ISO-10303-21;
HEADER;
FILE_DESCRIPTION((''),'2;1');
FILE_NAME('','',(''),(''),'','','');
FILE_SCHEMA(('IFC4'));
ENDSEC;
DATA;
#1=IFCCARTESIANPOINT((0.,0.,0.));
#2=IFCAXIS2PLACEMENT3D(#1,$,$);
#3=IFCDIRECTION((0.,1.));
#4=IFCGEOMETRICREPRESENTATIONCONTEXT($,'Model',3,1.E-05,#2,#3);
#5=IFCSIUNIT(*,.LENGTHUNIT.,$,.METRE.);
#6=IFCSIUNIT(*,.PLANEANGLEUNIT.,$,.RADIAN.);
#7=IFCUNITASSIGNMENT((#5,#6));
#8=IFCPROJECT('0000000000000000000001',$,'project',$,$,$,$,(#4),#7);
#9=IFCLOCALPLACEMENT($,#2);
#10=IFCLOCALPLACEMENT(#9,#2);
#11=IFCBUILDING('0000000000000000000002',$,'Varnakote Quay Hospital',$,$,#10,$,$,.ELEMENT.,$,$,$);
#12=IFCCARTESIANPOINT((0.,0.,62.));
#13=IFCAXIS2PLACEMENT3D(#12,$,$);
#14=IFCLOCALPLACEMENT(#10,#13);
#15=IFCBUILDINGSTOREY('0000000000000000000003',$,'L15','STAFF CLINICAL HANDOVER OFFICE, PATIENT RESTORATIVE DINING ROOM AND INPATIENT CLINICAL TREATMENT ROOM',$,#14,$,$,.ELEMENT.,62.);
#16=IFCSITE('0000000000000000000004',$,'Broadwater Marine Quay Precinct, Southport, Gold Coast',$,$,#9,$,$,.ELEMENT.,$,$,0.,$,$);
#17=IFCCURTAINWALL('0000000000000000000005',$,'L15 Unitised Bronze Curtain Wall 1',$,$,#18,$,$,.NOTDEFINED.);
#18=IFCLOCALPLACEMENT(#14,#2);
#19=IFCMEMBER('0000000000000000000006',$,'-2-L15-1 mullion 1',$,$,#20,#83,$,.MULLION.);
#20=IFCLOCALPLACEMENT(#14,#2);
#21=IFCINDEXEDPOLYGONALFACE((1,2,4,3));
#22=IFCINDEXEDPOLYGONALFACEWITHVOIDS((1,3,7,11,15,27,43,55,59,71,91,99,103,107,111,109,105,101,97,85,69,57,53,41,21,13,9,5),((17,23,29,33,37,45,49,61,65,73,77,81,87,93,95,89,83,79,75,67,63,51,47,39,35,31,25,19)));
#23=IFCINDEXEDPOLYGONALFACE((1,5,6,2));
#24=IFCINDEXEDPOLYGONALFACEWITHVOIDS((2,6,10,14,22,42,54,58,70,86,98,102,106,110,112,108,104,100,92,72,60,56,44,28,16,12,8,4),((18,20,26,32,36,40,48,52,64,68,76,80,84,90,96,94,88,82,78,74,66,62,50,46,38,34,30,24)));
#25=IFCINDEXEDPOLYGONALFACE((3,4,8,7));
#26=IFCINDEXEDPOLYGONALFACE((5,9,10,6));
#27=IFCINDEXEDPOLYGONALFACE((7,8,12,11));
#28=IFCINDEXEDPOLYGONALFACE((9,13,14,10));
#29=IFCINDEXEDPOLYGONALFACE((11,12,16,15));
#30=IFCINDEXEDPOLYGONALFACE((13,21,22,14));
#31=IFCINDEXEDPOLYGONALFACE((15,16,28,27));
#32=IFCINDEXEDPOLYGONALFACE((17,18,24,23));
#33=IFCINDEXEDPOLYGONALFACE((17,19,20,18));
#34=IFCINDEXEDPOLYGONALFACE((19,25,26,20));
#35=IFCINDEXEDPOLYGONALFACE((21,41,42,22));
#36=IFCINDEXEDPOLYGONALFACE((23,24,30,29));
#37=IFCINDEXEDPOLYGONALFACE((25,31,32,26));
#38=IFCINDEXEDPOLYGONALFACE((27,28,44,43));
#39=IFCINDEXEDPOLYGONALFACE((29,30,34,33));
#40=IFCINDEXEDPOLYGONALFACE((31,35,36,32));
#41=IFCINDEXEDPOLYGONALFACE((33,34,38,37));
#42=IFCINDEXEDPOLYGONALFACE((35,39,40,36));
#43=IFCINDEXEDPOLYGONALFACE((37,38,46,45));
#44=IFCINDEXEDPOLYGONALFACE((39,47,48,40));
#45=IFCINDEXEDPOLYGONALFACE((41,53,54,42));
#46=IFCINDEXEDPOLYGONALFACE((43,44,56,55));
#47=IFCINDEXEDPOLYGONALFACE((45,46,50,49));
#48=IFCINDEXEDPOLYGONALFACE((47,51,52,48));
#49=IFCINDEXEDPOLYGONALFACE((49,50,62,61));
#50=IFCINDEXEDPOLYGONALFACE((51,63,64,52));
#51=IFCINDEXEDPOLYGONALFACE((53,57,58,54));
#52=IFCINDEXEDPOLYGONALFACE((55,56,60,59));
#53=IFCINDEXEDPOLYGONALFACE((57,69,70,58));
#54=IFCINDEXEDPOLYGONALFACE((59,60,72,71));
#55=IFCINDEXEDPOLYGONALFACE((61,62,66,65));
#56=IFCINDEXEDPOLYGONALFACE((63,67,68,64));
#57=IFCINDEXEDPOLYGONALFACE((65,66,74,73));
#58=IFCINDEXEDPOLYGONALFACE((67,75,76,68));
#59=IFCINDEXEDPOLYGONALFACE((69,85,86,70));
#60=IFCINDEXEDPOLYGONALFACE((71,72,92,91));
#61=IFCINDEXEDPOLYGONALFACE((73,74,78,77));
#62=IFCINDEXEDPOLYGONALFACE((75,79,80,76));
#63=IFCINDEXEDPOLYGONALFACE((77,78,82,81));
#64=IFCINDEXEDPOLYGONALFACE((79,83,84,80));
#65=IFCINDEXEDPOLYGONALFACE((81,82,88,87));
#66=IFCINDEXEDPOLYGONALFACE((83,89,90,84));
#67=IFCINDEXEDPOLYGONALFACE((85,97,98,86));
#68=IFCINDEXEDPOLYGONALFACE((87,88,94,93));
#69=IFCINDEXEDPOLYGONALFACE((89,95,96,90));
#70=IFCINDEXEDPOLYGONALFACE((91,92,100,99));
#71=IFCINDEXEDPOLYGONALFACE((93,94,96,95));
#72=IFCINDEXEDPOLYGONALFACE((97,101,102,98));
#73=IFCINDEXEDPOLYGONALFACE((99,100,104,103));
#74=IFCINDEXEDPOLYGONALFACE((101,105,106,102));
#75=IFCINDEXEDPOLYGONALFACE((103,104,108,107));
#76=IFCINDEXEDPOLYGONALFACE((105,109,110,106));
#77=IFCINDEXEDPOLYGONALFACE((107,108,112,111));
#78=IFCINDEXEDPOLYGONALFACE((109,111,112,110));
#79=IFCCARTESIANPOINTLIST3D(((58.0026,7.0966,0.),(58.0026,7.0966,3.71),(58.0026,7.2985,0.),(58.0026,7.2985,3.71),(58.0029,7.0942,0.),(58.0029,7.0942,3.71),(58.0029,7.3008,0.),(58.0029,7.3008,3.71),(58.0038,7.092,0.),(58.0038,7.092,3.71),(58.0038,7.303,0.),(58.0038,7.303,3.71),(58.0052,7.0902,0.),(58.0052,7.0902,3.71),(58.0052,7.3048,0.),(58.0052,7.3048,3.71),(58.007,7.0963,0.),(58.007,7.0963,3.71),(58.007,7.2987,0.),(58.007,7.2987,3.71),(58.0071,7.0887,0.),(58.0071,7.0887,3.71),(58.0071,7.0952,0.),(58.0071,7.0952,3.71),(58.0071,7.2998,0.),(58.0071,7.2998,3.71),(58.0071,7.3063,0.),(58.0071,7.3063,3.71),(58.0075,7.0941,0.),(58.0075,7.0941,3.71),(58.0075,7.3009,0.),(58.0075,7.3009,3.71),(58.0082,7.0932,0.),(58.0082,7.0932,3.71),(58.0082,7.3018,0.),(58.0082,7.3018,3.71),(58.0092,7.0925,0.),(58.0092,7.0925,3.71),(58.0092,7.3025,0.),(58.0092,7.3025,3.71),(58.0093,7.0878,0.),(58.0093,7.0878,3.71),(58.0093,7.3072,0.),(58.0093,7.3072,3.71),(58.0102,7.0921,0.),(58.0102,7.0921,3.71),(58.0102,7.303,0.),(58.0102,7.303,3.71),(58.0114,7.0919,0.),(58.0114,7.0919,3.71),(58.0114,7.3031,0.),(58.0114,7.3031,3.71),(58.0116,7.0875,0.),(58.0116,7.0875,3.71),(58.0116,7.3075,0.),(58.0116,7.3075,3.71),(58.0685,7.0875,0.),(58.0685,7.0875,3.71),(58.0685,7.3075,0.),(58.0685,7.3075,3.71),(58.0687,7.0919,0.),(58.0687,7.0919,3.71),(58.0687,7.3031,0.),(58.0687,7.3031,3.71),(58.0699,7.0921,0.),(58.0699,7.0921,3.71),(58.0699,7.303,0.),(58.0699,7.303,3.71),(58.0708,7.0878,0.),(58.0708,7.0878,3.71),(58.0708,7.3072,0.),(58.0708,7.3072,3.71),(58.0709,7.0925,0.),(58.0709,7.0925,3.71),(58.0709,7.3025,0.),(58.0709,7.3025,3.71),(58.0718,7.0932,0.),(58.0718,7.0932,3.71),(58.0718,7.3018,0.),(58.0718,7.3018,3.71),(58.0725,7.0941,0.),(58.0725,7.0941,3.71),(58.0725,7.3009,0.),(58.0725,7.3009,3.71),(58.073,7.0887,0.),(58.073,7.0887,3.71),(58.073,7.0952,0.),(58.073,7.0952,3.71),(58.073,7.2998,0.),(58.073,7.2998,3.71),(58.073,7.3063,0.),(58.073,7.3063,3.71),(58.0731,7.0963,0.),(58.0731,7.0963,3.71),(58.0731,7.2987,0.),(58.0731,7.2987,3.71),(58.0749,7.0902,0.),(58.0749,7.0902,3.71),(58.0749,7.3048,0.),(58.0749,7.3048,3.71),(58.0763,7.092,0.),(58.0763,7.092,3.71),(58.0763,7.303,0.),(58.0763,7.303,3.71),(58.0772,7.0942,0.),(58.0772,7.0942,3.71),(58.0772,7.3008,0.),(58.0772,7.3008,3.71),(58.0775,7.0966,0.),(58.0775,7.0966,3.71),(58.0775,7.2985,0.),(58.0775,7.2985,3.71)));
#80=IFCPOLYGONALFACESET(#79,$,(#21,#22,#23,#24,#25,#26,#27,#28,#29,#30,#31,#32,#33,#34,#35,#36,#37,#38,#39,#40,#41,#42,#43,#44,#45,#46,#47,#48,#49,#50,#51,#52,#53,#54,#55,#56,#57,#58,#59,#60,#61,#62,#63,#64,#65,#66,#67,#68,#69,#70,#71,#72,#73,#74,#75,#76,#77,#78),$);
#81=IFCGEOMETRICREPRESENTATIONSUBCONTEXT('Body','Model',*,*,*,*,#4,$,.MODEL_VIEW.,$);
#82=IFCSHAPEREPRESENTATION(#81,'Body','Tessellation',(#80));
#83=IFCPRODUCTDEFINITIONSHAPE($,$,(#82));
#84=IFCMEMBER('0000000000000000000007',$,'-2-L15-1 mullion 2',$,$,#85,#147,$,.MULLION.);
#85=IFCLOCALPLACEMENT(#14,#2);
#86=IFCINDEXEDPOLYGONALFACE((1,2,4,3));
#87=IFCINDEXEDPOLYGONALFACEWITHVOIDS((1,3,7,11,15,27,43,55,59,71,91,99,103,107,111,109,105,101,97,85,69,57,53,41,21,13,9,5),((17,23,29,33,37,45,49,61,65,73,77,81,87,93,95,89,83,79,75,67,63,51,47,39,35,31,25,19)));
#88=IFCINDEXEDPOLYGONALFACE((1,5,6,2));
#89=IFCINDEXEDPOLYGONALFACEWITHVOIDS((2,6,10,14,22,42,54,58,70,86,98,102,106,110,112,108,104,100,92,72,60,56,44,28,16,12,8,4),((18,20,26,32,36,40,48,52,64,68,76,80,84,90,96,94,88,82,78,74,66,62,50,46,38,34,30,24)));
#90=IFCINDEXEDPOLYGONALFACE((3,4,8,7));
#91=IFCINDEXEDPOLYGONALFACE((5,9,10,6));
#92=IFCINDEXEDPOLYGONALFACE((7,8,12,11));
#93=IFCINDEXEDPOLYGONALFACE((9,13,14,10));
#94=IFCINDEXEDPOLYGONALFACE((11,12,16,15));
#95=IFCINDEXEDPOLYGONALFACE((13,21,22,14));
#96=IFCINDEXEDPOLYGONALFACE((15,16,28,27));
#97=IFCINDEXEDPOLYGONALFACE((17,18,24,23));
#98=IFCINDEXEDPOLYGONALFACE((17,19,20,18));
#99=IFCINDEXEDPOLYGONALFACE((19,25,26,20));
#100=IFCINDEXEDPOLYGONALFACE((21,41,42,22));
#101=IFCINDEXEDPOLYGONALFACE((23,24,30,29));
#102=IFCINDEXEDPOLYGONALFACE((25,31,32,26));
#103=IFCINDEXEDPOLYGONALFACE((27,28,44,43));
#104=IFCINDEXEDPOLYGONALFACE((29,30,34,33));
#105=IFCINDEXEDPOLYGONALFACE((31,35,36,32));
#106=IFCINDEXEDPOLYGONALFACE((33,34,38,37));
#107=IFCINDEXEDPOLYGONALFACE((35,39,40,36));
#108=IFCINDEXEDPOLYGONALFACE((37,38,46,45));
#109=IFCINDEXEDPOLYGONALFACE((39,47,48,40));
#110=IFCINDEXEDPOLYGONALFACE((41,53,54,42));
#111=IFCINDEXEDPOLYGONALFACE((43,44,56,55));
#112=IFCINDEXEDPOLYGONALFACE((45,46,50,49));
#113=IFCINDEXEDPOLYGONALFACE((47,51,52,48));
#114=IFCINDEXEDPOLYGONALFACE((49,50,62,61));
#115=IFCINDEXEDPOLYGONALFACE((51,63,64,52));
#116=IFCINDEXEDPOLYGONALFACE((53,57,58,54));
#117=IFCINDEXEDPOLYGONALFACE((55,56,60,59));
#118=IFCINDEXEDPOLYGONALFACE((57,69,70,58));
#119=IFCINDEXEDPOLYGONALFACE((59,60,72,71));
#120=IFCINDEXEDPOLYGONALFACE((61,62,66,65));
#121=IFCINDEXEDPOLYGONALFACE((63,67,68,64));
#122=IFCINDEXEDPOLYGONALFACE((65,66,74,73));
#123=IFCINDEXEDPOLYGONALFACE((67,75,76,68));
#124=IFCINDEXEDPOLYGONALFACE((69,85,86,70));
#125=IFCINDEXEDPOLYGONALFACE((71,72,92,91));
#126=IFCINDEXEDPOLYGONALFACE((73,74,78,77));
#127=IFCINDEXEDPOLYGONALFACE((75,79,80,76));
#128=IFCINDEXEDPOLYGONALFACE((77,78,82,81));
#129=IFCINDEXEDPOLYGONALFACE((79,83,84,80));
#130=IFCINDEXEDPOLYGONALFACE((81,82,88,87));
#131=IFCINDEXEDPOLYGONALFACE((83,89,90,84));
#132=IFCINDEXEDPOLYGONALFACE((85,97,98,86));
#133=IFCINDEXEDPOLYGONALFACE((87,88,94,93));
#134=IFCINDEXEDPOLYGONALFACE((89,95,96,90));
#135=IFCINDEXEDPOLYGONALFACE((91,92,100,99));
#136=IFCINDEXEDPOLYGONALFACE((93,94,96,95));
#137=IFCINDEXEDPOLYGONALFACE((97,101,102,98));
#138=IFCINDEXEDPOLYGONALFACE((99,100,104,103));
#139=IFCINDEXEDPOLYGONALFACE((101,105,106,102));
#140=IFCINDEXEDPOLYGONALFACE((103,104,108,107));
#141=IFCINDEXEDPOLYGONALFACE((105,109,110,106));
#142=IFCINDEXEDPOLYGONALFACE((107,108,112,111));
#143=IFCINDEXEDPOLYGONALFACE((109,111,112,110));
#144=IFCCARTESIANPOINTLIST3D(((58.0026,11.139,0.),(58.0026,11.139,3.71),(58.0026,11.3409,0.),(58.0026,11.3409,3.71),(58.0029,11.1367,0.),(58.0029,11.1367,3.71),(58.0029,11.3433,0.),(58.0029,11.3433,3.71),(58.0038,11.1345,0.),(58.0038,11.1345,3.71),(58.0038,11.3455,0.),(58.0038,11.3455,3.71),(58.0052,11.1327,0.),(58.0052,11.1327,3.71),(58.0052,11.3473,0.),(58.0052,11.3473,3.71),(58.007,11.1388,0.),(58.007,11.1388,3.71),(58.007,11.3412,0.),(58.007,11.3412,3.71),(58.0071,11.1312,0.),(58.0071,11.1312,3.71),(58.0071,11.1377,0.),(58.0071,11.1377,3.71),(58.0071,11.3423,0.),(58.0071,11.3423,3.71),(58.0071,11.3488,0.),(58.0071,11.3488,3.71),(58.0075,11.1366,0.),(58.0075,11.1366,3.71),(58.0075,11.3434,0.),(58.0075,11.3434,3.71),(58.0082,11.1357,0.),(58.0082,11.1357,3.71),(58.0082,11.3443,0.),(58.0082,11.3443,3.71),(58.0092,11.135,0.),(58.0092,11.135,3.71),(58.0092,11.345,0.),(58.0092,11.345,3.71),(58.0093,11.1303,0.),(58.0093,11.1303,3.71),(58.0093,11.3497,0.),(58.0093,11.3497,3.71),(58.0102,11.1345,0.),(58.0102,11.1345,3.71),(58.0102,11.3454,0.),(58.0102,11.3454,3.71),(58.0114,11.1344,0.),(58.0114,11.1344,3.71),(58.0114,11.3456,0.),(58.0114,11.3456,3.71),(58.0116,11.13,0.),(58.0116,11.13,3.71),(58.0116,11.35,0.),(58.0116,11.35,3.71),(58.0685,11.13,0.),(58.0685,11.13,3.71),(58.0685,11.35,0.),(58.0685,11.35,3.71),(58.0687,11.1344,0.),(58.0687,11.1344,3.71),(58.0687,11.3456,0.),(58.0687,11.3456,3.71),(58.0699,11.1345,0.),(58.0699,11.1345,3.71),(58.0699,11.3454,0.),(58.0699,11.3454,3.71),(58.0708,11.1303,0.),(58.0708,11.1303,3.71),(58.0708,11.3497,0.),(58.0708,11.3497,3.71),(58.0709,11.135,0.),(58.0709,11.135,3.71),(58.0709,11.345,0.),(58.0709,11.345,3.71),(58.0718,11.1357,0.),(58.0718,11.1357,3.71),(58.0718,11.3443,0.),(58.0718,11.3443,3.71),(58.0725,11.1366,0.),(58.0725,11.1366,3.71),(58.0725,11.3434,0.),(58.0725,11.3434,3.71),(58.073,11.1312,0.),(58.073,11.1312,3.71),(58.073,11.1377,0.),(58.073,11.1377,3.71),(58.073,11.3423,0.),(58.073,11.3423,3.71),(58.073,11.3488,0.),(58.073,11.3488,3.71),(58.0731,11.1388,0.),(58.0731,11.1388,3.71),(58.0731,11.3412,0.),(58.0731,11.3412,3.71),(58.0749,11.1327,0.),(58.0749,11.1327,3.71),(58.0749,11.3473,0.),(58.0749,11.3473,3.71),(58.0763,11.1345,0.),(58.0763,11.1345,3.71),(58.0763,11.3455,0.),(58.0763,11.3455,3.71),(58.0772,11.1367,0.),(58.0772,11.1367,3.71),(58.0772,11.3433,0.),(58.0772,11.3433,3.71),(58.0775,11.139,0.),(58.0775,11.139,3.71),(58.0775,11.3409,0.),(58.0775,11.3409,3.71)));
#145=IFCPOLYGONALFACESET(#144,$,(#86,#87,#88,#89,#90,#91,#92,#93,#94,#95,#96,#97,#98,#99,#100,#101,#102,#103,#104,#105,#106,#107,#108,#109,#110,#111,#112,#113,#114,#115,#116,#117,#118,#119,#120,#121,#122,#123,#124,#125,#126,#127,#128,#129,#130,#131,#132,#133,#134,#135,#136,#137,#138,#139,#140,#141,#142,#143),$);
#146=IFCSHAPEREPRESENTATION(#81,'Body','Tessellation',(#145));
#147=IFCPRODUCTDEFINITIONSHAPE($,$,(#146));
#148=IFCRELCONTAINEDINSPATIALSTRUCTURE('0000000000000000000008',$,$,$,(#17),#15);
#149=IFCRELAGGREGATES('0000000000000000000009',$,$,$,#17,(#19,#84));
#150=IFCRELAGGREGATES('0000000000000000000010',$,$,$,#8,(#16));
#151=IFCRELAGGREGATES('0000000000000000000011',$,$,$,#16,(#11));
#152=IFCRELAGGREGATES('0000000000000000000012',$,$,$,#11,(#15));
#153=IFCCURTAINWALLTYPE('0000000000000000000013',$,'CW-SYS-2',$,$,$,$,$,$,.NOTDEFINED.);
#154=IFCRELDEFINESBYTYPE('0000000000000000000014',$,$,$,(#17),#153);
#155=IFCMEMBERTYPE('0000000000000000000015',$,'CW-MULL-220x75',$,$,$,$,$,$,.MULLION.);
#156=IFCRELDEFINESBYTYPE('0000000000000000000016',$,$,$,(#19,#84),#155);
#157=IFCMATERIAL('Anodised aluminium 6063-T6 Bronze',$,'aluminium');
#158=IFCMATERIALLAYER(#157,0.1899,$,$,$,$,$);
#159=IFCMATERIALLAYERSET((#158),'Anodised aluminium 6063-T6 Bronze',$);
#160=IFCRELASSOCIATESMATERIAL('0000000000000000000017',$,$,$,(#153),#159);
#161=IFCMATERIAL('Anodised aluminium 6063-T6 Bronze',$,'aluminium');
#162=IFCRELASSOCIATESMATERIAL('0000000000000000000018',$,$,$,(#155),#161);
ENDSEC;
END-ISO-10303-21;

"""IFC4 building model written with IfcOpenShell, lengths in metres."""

from ifc_helpers import new_model, si_unit, direction, frame, origin, origin_2d, place, context, subcontext, project, spatial, hollow_rectangle, extrude, material, layer, layer_set, material_profile, profile_set, type_object, element, aggregate, save


model = new_model("IFC4")

# Units and contexts
model_context = context("Model", 3, precision=1e-05, world=origin(), true_north=direction((0.0, 1.0)))
body_context = subcontext(model_context, "Body", "Model", "MODEL_VIEW")
ifc_project = project(units=[si_unit("LENGTHUNIT", "METRE"), si_unit("PLANEANGLEUNIT", "RADIAN")], contexts=[model_context])

# Site, building, storey
site_placement = place(None, origin())
site = spatial("IfcSite", under=ifc_project, at=site_placement, Name="Broadwater Marine Quay Precinct, Southport, Gold Coast", CompositionType="ELEMENT", RefElevation=0.0)
building_placement = place(site_placement, origin())
building = spatial("IfcBuilding", under=site, at=building_placement, Name="Varnakote Quay Hospital", CompositionType="ELEMENT")
storey_placement = place(building_placement, frame((0.0, 0.0, 62.0)))
storey = spatial("IfcBuildingStorey", under=building, at=storey_placement, Name="L15", Description="STAFF CLINICAL HANDOVER OFFICE, PATIENT RESTORATIVE DINING ROOM AND INPATIENT CLINICAL TREATMENT ROOM", CompositionType="ELEMENT", Elevation=62.0)

# Curtain wall, members
ifc_material_1 = material(Name="Anodised aluminium 6063-T6 Bronze", Category="aluminium")
ifc_layer_1 = layer(ifc_material_1, 0.1899)
ifc_layer_set_1 = layer_set([ifc_layer_1], Name="Anodised aluminium 6063-T6 Bronze")
curtain_wall_type = type_object("IfcCurtainWallType", Name="CW-SYS-2", PredefinedType="NOTDEFINED", material=ifc_layer_set_1)
curtain_wall_placement = place(storey_placement, origin())
curtain_wall = element("IfcCurtainWall", 1, at=curtain_wall_placement, inside=storey, type_object=curtain_wall_type, Name="L15 Unitised Bronze Curtain Wall 1", PredefinedType="NOTDEFINED")
ifc_material_2 = material(Name="Anodised aluminium 6063-T6 Bronze", Category="aluminium")
ifc_material_profile_1 = material_profile(ifc_material_2, hollow_rectangle(XDim=0.075, YDim=0.22, WallThickness=0.0044, InnerFilletRadius=0.0044, OuterFilletRadius=0.009, at=origin_2d()), Name="CW-MULL-220x75")
ifc_profile_set_1 = profile_set([ifc_material_profile_1], Name="Anodised aluminium 6063-T6 Bronze")
member_type_1 = type_object("IfcMemberType", Name="CW-MULL-220x75", PredefinedType="MULLION", material=ifc_profile_set_1)
member_1_placement = place(storey_placement, frame((58.04, 7.1975, 0.0), z_axis=(0.0, 0.0, 1.0), x_axis=(-1.0, 0.0, 0.0)))
member_1 = element("IfcMember", 2, at=member_1_placement, type_object=member_type_1, Name="-2-L15-1 mullion 1", PredefinedType="MULLION", context=body_context, shape_type="SweptSolid", body=[
    extrude(hollow_rectangle(XDim=0.075, YDim=0.22, WallThickness=0.0044, InnerFilletRadius=0.0044, OuterFilletRadius=0.009, at=origin_2d()), origin(), (0.0, 0.0, 1.0), 3.71),
])
member_2_placement = place(storey_placement, frame((58.04, 11.24, 0.0), z_axis=(0.0, 0.0, 1.0), x_axis=(-1.0, 0.0, 0.0)))
member_2 = element("IfcMember", 3, at=member_2_placement, type_object=member_type_1, Name="-2-L15-1 mullion 2", PredefinedType="MULLION", context=body_context, shape_type="SweptSolid", body=[
    extrude(hollow_rectangle(XDim=0.075, YDim=0.22, WallThickness=0.0044, InnerFilletRadius=0.0044, OuterFilletRadius=0.009, at=origin_2d()), origin(), (0.0, 0.0, 1.0), 3.71),
])
aggregate(curtain_wall, [member_1, member_2])

save(model, "model.ifc")
